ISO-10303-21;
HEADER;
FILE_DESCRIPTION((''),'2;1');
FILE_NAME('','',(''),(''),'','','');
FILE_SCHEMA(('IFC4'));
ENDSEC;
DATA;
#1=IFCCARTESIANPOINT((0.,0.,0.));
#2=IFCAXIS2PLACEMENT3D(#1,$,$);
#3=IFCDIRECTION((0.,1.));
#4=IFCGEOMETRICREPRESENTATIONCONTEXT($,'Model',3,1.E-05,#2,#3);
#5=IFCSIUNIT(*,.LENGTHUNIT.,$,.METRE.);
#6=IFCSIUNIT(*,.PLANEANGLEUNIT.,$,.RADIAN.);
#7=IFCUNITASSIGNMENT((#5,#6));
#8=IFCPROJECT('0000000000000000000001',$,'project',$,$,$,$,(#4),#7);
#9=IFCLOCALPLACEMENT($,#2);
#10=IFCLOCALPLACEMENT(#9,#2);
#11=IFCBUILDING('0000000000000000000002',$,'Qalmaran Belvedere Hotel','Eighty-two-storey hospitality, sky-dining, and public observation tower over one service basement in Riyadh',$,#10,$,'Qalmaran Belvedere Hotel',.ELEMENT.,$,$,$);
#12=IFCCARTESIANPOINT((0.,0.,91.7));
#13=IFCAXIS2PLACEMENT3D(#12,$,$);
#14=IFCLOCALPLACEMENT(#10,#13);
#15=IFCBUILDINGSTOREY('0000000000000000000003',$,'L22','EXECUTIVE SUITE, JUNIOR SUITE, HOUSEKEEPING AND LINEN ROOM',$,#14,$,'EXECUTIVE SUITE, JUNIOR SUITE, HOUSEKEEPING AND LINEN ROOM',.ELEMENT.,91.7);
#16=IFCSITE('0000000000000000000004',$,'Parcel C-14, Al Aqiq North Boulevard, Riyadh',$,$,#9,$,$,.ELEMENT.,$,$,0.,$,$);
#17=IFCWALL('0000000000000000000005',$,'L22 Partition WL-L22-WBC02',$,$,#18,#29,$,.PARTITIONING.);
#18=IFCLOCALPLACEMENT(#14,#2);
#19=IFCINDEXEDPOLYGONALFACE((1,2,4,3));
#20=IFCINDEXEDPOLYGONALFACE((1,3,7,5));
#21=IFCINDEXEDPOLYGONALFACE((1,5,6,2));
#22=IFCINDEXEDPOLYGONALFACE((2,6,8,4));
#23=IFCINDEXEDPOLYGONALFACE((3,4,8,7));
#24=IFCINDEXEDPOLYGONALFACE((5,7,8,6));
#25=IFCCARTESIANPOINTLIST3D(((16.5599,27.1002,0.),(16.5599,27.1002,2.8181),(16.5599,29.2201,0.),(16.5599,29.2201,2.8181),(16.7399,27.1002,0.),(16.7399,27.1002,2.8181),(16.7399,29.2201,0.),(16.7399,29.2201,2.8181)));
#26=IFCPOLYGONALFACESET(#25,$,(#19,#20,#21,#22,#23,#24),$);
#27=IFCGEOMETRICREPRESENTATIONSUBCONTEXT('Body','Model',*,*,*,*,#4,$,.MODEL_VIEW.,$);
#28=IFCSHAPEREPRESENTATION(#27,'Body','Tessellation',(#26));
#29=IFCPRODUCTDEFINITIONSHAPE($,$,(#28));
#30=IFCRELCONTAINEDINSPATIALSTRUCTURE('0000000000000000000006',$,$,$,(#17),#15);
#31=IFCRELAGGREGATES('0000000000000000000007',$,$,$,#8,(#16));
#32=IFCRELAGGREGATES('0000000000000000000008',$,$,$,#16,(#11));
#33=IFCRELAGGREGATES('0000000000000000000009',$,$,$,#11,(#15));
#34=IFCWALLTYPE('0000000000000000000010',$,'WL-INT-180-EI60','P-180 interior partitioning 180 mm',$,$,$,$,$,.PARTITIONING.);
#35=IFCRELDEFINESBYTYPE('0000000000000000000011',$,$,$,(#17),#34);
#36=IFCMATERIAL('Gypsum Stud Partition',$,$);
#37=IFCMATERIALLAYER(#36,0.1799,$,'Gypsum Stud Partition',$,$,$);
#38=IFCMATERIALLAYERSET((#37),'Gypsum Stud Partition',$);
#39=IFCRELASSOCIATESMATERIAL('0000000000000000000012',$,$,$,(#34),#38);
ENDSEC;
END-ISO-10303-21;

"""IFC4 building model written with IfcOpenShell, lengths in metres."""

from ifc_helpers import new_model, si_unit, direction, frame, frame_2d, origin, place, context, subcontext, project, spatial, rectangle, extrude, material, layer, layer_set, type_object, element, save


model = new_model("IFC4")

# Units and contexts
model_context = context("Model", 3, precision=1e-05, world=origin(), true_north=direction((0.0, 1.0)))
body_context = subcontext(model_context, "Body", "Model", "MODEL_VIEW")
ifc_project = project(units=[si_unit("LENGTHUNIT", "METRE"), si_unit("PLANEANGLEUNIT", "RADIAN")], contexts=[model_context])

# Site, building, storey
site_placement = place(None, origin())
site = spatial("IfcSite", under=ifc_project, at=site_placement, Name="Parcel C-14, Al Aqiq North Boulevard, Riyadh", CompositionType="ELEMENT", RefElevation=0.0)
building_placement = place(site_placement, origin())
building = spatial("IfcBuilding", under=site, at=building_placement, Name="Qalmaran Belvedere Hotel", Description="Eighty-two-storey hospitality, sky-dining, and public observation tower over one service basement in Riyadh", LongName="Qalmaran Belvedere Hotel", CompositionType="ELEMENT")
storey_placement = place(building_placement, frame((0.0, 0.0, 91.7)))
storey = spatial("IfcBuildingStorey", under=building, at=storey_placement, Name="L22", Description="EXECUTIVE SUITE, JUNIOR SUITE, HOUSEKEEPING AND LINEN ROOM", LongName="EXECUTIVE SUITE, JUNIOR SUITE, HOUSEKEEPING AND LINEN ROOM", CompositionType="ELEMENT", Elevation=91.7)

# Shared definitions
ifc_material_1 = material(Name="Gypsum Stud Partition")

# Shared definitions
ifc_layer_1 = layer(ifc_material_1, 0.1799, Name="Gypsum Stud Partition")
ifc_layer_set_1 = layer_set([ifc_layer_1], Name="Gypsum Stud Partition")
wall_type_1 = type_object("IfcWallType", Name="WL-INT-180-EI60", Description="P-180 interior partitioning 180 mm", PredefinedType="PARTITIONING", material=ifc_layer_set_1)

# Wall
wall_1_placement = place(storey_placement, frame((16.6499, 27.1001, 0.0), z_axis=(0.0, 0.0, 1.0), x_axis=(0.0, 1.0, 0.0)))
element("IfcWall", 1, at=wall_1_placement, inside=storey, type_object=wall_type_1, Name="L22 Partition WL-L22-WBC02", PredefinedType="PARTITIONING", context=body_context, shape_type="SweptSolid", body=[
    extrude(rectangle(XDim=2.1199, YDim=0.1799, at=frame_2d((1.0601, 0.0))), origin(), (0.0, 0.0, 1.0), 2.8181),
])

save(model, "model.ifc")
